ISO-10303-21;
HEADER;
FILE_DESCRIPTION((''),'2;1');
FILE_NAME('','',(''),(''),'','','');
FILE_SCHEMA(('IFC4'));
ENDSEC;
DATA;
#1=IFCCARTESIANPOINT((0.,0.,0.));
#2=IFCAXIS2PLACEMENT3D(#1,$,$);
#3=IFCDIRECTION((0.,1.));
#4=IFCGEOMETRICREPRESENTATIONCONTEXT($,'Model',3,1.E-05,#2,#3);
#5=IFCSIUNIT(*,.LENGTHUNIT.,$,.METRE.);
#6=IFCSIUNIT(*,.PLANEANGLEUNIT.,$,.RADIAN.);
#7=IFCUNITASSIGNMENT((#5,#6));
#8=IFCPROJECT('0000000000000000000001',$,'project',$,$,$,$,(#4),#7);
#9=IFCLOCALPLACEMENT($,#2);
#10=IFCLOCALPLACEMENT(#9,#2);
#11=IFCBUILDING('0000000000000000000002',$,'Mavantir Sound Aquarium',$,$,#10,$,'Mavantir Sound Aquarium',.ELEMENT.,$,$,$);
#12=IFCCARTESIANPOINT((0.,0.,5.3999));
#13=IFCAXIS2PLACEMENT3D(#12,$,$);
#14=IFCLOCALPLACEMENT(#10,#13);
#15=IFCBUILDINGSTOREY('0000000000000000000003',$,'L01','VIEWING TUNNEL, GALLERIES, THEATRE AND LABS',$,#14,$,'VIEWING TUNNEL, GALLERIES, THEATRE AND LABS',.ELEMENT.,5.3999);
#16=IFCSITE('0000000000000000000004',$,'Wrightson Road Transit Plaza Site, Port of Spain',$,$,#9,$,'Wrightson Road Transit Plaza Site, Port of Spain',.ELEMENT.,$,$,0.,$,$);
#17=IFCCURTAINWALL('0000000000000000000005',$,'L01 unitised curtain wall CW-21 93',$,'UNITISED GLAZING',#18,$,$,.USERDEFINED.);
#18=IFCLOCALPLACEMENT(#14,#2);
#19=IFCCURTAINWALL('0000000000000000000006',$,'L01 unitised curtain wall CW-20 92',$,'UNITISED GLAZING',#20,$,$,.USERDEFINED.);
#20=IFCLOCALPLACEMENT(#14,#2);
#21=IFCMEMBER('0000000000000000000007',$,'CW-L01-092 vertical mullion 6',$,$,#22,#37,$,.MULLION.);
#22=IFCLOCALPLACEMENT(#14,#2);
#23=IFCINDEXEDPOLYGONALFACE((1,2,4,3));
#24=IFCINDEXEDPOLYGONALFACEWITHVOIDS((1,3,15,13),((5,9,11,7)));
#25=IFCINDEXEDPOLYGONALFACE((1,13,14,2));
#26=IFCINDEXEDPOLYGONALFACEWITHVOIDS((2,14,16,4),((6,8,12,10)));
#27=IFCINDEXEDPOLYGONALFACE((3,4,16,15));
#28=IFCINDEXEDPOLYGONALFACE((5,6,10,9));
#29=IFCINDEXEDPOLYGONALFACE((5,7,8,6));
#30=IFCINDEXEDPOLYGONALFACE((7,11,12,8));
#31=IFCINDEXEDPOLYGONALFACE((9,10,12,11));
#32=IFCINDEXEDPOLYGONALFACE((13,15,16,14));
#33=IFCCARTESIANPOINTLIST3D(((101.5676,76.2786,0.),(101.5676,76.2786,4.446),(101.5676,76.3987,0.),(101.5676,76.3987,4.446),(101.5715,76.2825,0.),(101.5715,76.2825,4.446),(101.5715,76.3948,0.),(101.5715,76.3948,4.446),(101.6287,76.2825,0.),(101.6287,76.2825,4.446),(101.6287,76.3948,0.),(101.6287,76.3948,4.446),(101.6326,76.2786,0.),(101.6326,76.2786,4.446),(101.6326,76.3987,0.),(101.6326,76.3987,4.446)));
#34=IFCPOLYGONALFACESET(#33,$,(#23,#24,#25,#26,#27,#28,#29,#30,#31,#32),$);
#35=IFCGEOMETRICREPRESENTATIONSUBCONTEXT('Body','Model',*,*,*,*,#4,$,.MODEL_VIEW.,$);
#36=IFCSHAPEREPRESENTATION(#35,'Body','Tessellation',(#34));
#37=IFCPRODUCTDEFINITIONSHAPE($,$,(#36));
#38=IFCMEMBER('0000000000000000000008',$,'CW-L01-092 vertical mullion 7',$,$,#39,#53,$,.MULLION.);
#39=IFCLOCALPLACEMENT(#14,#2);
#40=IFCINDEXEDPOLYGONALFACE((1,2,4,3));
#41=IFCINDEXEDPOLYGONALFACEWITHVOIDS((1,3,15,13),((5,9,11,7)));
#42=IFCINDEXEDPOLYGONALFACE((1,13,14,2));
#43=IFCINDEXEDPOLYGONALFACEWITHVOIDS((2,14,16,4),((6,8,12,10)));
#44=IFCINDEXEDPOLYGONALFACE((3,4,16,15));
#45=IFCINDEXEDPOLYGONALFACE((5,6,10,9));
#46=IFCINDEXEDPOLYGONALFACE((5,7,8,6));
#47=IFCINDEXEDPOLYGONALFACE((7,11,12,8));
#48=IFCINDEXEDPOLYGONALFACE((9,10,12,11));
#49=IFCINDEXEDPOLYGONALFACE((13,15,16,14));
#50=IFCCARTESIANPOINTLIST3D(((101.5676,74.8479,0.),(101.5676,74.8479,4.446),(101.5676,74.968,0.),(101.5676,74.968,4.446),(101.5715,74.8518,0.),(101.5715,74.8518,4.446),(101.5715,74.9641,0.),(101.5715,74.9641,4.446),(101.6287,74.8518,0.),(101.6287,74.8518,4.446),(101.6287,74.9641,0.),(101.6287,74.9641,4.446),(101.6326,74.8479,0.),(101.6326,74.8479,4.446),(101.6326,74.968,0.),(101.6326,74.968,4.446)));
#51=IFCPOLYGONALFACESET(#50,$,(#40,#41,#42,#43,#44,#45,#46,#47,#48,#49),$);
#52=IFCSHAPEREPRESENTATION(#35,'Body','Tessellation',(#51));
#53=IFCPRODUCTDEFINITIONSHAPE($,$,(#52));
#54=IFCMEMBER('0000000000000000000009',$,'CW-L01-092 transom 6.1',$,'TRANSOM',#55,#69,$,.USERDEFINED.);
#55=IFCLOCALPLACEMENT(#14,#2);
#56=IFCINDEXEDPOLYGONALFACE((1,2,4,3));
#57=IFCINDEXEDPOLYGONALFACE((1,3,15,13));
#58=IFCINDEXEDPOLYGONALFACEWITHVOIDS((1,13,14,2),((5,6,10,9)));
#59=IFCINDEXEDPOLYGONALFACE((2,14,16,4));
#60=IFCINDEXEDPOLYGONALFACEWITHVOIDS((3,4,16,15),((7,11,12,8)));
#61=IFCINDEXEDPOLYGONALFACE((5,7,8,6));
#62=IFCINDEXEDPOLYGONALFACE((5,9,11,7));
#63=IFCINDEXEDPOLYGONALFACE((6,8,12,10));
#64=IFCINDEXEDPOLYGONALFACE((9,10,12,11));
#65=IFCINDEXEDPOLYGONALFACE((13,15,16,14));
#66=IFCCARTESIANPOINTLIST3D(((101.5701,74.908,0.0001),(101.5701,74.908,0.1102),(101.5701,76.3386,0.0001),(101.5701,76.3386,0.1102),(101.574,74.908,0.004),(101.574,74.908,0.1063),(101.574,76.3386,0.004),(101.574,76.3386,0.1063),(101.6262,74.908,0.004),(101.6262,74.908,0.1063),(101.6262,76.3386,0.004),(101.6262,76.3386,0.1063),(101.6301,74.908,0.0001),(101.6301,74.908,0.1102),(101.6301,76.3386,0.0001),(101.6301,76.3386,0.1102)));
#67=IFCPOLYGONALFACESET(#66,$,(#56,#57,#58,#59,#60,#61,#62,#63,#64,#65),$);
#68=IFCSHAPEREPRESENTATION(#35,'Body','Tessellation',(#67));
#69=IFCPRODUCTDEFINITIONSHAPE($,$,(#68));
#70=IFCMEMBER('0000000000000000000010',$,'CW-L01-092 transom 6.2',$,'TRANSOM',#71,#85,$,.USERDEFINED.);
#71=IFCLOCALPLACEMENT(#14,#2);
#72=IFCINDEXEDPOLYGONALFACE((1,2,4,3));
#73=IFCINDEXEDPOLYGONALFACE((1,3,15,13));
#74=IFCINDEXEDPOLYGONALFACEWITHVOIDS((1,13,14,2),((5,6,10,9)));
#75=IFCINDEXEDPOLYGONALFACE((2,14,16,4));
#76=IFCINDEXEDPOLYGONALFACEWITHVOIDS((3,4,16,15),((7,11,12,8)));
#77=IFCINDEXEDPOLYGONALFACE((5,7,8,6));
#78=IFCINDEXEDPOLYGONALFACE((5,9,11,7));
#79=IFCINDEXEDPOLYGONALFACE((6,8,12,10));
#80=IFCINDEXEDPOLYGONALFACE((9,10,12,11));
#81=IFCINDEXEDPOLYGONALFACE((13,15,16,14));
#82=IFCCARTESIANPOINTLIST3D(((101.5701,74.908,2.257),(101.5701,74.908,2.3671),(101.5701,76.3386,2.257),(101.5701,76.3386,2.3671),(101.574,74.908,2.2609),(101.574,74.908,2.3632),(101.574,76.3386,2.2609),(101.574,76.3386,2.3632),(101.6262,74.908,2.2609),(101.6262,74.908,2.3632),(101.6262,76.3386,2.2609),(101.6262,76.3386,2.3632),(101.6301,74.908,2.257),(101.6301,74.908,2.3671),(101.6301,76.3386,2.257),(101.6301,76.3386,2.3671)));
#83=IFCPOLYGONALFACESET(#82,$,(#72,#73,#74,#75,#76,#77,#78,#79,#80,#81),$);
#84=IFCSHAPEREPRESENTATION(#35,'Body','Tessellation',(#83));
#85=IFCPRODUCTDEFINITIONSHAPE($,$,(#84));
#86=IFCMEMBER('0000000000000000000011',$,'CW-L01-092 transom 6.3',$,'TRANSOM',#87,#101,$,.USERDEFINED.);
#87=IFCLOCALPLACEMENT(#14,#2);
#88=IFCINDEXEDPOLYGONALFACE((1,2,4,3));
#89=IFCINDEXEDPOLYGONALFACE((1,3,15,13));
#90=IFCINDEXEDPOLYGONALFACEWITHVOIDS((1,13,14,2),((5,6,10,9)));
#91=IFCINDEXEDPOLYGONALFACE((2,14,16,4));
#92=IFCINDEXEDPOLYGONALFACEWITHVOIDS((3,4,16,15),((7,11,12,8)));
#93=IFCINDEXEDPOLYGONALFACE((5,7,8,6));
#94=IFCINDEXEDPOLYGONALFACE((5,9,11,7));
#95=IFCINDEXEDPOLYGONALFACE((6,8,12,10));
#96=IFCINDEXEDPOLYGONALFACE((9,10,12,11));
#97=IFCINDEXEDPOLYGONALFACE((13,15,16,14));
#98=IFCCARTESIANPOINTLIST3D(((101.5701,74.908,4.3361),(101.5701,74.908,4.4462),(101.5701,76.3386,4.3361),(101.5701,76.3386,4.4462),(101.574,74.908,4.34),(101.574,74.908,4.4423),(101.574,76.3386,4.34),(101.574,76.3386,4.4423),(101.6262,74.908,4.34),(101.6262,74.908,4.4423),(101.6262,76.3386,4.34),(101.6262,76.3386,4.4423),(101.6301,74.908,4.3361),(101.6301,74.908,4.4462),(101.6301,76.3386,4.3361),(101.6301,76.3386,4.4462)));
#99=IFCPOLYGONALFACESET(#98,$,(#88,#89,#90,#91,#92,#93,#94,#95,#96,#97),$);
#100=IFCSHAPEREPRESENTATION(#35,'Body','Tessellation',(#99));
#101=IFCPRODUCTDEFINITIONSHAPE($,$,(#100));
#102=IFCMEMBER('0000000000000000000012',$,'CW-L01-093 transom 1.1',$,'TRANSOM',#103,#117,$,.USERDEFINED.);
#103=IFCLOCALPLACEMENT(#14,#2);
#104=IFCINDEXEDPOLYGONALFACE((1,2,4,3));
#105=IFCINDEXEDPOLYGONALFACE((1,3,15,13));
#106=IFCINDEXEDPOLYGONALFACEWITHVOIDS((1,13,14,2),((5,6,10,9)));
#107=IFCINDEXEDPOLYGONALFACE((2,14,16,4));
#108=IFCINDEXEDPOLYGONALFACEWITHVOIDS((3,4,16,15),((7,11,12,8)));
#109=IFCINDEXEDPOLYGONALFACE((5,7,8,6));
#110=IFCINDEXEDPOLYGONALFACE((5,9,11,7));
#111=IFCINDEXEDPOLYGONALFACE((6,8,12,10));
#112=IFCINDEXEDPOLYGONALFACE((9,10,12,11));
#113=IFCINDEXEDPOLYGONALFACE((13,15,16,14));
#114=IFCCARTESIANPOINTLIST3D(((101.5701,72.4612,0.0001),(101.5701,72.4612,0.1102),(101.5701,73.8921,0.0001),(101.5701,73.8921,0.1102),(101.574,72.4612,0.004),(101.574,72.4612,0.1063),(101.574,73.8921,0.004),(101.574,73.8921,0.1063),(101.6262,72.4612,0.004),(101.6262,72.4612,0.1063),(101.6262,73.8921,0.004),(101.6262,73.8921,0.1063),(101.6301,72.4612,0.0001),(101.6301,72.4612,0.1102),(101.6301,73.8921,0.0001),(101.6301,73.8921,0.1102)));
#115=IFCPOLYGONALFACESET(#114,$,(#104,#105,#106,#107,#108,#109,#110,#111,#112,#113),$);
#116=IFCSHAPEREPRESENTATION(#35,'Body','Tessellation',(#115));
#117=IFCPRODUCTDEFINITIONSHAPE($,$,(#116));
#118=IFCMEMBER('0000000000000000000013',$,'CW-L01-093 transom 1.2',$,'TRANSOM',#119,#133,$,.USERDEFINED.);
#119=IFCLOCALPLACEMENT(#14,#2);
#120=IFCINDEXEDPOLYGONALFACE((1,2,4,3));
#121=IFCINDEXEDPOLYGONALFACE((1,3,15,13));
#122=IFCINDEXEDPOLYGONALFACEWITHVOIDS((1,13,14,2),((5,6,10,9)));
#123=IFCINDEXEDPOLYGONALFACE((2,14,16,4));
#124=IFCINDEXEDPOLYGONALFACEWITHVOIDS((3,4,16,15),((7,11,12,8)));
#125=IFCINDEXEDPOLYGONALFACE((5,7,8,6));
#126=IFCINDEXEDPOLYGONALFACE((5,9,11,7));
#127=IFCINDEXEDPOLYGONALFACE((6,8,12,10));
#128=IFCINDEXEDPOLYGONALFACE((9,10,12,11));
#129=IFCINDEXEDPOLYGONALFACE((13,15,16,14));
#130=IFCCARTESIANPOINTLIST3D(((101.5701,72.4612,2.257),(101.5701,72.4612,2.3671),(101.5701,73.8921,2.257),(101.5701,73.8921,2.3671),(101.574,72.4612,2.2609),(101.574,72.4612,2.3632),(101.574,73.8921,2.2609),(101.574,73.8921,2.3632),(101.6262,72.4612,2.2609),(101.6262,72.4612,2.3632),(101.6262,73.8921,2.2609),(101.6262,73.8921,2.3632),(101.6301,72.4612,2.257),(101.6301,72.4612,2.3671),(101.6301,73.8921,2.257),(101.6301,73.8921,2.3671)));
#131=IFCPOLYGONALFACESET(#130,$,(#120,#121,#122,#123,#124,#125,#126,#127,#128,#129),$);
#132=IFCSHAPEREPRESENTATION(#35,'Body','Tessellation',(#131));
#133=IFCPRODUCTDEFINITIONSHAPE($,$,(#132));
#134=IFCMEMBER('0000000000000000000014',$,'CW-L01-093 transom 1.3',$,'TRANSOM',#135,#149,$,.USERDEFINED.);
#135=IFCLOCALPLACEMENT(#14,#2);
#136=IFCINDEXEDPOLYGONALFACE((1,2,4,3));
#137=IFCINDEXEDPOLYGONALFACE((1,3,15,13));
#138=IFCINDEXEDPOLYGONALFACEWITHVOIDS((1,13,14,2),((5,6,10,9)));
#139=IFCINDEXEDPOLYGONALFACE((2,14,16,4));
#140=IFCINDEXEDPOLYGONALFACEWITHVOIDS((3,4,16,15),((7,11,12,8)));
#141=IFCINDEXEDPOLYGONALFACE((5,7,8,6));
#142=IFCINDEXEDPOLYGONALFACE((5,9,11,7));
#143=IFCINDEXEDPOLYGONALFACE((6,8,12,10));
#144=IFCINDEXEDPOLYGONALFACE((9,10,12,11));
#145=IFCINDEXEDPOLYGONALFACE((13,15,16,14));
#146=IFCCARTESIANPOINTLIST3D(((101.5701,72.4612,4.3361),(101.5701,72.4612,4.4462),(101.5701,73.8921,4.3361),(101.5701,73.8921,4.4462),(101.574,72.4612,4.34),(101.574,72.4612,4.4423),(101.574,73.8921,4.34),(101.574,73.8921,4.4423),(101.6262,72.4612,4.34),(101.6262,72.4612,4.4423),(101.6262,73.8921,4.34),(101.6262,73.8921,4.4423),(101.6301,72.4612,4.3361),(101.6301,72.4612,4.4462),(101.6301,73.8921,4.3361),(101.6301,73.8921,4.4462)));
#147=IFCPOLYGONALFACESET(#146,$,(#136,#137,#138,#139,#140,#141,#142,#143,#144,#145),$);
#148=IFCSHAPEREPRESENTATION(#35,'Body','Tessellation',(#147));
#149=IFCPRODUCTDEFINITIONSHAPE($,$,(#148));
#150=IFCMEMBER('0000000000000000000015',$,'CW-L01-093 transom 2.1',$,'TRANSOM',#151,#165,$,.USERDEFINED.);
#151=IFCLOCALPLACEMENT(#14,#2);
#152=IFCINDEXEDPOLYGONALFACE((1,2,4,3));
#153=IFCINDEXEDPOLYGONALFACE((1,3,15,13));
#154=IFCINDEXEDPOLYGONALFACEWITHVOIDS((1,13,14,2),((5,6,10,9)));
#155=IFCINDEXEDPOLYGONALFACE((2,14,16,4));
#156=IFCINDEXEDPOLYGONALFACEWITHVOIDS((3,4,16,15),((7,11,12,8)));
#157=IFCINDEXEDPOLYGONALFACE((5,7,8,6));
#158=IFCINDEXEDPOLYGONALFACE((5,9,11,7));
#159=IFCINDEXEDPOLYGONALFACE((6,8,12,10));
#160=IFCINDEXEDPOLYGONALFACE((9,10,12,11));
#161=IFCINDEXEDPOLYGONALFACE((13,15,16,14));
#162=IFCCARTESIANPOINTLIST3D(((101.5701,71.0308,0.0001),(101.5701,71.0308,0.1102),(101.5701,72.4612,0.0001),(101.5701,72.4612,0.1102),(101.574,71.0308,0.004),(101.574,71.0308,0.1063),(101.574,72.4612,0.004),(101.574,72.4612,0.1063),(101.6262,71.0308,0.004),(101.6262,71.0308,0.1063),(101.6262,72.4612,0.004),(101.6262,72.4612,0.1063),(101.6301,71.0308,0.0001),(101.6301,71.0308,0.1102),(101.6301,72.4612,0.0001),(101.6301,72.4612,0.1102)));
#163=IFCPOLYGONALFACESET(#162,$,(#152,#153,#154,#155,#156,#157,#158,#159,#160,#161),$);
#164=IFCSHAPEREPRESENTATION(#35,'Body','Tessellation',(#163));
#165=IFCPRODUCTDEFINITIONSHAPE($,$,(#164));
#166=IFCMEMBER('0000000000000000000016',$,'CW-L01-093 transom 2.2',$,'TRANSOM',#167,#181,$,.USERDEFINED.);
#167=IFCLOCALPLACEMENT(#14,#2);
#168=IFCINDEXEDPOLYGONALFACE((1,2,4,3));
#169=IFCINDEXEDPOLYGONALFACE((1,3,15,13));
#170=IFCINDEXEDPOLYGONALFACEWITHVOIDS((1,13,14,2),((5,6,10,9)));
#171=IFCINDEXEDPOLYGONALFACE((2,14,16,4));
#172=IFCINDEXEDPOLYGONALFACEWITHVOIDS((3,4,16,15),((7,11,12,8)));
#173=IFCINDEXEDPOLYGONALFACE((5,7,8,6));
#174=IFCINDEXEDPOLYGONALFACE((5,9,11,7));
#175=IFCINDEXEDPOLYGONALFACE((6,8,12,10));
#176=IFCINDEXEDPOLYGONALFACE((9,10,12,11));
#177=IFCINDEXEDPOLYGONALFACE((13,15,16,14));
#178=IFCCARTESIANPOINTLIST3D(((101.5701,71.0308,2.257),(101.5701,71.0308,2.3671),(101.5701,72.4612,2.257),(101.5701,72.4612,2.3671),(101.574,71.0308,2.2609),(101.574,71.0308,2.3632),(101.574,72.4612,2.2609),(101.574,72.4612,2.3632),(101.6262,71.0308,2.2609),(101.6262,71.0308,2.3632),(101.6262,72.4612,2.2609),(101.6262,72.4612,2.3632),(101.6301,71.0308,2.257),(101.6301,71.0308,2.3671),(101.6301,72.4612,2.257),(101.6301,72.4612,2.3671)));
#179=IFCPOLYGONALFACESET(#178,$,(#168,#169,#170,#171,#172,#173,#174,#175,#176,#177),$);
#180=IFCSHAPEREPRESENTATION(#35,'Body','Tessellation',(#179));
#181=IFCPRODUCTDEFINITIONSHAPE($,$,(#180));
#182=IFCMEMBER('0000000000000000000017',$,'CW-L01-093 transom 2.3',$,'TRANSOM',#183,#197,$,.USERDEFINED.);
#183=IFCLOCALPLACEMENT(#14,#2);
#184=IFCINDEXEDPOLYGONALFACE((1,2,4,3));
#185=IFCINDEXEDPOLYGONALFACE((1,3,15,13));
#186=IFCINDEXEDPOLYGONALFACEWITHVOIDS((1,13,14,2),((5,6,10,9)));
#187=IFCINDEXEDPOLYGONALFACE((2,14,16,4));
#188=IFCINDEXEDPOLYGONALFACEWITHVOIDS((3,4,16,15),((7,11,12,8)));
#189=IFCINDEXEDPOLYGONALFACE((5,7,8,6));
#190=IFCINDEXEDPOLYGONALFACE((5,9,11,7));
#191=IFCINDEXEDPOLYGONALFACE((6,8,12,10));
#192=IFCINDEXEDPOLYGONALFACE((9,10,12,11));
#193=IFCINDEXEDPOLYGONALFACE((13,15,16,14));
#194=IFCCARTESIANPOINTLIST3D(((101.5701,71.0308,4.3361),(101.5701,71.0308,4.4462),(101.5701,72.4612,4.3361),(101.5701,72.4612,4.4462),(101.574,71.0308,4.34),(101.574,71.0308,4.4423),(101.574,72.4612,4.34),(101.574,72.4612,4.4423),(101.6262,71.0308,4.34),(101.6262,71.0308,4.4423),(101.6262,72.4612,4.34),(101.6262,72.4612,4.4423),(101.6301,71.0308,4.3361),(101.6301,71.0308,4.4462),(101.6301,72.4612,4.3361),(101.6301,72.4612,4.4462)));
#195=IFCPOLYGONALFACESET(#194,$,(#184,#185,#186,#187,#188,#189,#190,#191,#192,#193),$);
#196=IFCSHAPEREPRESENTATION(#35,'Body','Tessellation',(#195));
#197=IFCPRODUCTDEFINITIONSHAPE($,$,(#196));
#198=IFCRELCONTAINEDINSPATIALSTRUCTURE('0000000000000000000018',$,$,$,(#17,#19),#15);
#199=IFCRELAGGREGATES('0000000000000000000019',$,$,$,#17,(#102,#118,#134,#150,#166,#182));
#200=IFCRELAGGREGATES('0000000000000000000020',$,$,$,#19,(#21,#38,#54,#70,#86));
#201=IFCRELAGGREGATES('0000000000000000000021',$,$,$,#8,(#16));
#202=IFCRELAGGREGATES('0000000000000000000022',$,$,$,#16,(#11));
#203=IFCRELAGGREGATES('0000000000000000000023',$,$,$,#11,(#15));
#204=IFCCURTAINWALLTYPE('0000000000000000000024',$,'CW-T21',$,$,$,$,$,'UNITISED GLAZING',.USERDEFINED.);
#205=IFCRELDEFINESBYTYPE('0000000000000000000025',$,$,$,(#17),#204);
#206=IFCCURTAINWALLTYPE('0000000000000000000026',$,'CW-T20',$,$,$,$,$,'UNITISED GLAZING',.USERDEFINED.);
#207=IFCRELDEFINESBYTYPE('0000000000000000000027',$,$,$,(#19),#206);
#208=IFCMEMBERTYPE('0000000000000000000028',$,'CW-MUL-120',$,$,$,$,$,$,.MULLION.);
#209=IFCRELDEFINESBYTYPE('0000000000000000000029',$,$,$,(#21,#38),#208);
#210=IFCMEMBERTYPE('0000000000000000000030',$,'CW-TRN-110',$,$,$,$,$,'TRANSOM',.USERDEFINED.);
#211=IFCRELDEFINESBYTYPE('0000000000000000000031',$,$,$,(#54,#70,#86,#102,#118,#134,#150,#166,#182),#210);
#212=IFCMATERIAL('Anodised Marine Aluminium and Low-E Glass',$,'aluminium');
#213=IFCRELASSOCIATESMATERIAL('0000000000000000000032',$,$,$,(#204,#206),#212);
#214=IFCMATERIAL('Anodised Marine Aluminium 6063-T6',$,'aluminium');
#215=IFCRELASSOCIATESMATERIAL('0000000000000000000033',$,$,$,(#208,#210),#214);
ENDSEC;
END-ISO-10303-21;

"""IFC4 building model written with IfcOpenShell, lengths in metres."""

from ifc_helpers import new_model, si_unit, direction, frame, origin, origin_2d, place, context, subcontext, project, spatial, hollow_rectangle, extrude, material, material_profile, profile_set, type_object, element, aggregate, save


model = new_model("IFC4")

# Units and contexts
model_context = context("Model", 3, precision=1e-05, world=origin(), true_north=direction((0.0, 1.0)))
body_context = subcontext(model_context, "Body", "Model", "MODEL_VIEW")
ifc_project = project(units=[si_unit("LENGTHUNIT", "METRE"), si_unit("PLANEANGLEUNIT", "RADIAN")], contexts=[model_context])

# Site, building, storey
site_placement = place(None, origin())
site = spatial("IfcSite", under=ifc_project, at=site_placement, Name="Wrightson Road Transit Plaza Site, Port of Spain", LongName="Wrightson Road Transit Plaza Site, Port of Spain", CompositionType="ELEMENT", RefElevation=0.0)
building_placement = place(site_placement, origin())
building = spatial("IfcBuilding", under=site, at=building_placement, Name="Mavantir Sound Aquarium", LongName="Mavantir Sound Aquarium", CompositionType="ELEMENT")
storey_placement = place(building_placement, frame((0.0, 0.0, 5.3999)))
storey = spatial("IfcBuildingStorey", under=building, at=storey_placement, Name="L01", Description="VIEWING TUNNEL, GALLERIES, THEATRE AND LABS", LongName="VIEWING TUNNEL, GALLERIES, THEATRE AND LABS", CompositionType="ELEMENT", Elevation=5.3999)

# Curtain walls, members
ifc_material_1 = material(Name="Anodised Marine Aluminium and Low-E Glass", Category="aluminium")
curtain_wall_type_1 = type_object("IfcCurtainWallType", Name="CW-T21", ElementType="UNITISED GLAZING", PredefinedType="USERDEFINED", material=ifc_material_1)
curtain_wall_1_placement = place(storey_placement, origin())
curtain_wall_1 = element("IfcCurtainWall", 1, at=curtain_wall_1_placement, inside=storey, type_object=curtain_wall_type_1, Name="L01 unitised curtain wall CW-21 93", ObjectType="UNITISED GLAZING", PredefinedType="USERDEFINED")
ifc_material_2 = material(Name="Anodised Marine Aluminium 6063-T6", Category="aluminium")
curtain_wall_type_2 = type_object("IfcCurtainWallType", Name="CW-T20", ElementType="UNITISED GLAZING", PredefinedType="USERDEFINED", material=ifc_material_1)
curtain_wall_2_placement = place(storey_placement, origin())
curtain_wall_2 = element("IfcCurtainWall", 2, at=curtain_wall_2_placement, inside=storey, type_object=curtain_wall_type_2, Name="L01 unitised curtain wall CW-20 92", ObjectType="UNITISED GLAZING", PredefinedType="USERDEFINED")
ifc_material_profile_1 = material_profile(ifc_material_2, hollow_rectangle(XDim=0.0649, YDim=0.1201, WallThickness=0.0039, at=origin_2d()), Name="ALU-MULLION-120X65")
ifc_profile_set_1 = profile_set([ifc_material_profile_1], Name="Anodised Marine Aluminium 6063-T6")
member_type_1 = type_object("IfcMemberType", Name="CW-MUL-120", PredefinedType="MULLION", material=ifc_profile_set_1)
member_1_placement = place(storey_placement, frame((101.6001, 76.3386, 0.0), z_axis=(0.0, 0.0, 1.0), x_axis=(1.0, 0.0, 0.0)))
member_1 = element("IfcMember", 3, at=member_1_placement, type_object=member_type_1, Name="CW-L01-092 vertical mullion 6", PredefinedType="MULLION", context=body_context, shape_type="SweptSolid", body=[
    extrude(hollow_rectangle(XDim=0.0649, YDim=0.1201, WallThickness=0.0039, at=origin_2d()), origin(), (0.0, 0.0, 1.0), 4.446),
])
member_2_placement = place(storey_placement, frame((101.6001, 74.908, 0.0), z_axis=(0.0, 0.0, 1.0), x_axis=(1.0, 0.0, 0.0)))
member_2 = element("IfcMember", 4, at=member_2_placement, type_object=member_type_1, Name="CW-L01-092 vertical mullion 7", PredefinedType="MULLION", context=body_context, shape_type="SweptSolid", body=[
    extrude(hollow_rectangle(XDim=0.0649, YDim=0.1201, WallThickness=0.0039, at=origin_2d()), origin(), (0.0, 0.0, 1.0), 4.446),
])
ifc_material_profile_2 = material_profile(ifc_material_2, hollow_rectangle(XDim=0.0601, YDim=0.1101, WallThickness=0.0039, at=origin_2d()), Name="ALU-TRANSOM-110X60")
ifc_profile_set_2 = profile_set([ifc_material_profile_2], Name="Anodised Marine Aluminium 6063-T6")
member_type_2 = type_object("IfcMemberType", Name="CW-TRN-110", ElementType="TRANSOM", PredefinedType="USERDEFINED", material=ifc_profile_set_2)
member_3_placement = place(storey_placement, frame((101.6001, 76.3386, 0.0552), z_axis=(0.0, -1.0, 0.0), x_axis=(1.0, 0.0, 0.0)))
member_3 = element("IfcMember", 5, at=member_3_placement, type_object=member_type_2, Name="CW-L01-092 transom 6.1", ObjectType="TRANSOM", PredefinedType="USERDEFINED", context=body_context, shape_type="SweptSolid", body=[
    extrude(hollow_rectangle(XDim=0.0601, YDim=0.1101, WallThickness=0.0039, at=origin_2d()), origin(), (0.0, 0.0, 1.0), 1.4307),
])
member_4_placement = place(storey_placement, frame((101.6001, 76.3386, 2.312), z_axis=(0.0, -1.0, 0.0), x_axis=(1.0, 0.0, 0.0)))
member_4 = element("IfcMember", 6, at=member_4_placement, type_object=member_type_2, Name="CW-L01-092 transom 6.2", ObjectType="TRANSOM", PredefinedType="USERDEFINED", context=body_context, shape_type="SweptSolid", body=[
    extrude(hollow_rectangle(XDim=0.0601, YDim=0.1101, WallThickness=0.0039, at=origin_2d()), origin(), (0.0, 0.0, 1.0), 1.4307),
])
member_5_placement = place(storey_placement, frame((101.6001, 76.3386, 4.3911), z_axis=(0.0, -1.0, 0.0), x_axis=(1.0, 0.0, 0.0)))
member_5 = element("IfcMember", 7, at=member_5_placement, type_object=member_type_2, Name="CW-L01-092 transom 6.3", ObjectType="TRANSOM", PredefinedType="USERDEFINED", context=body_context, shape_type="SweptSolid", body=[
    extrude(hollow_rectangle(XDim=0.0601, YDim=0.1101, WallThickness=0.0039, at=origin_2d()), origin(), (0.0, 0.0, 1.0), 1.4307),
])

# Members
member_6_placement = place(storey_placement, frame((101.6001, 73.8921, 0.0552), z_axis=(0.0, -1.0, 0.0), x_axis=(1.0, 0.0, 0.0)))
member_6 = element("IfcMember", 8, at=member_6_placement, type_object=member_type_2, Name="CW-L01-093 transom 1.1", ObjectType="TRANSOM", PredefinedType="USERDEFINED", context=body_context, shape_type="SweptSolid", body=[
    extrude(hollow_rectangle(XDim=0.0601, YDim=0.1101, WallThickness=0.0039, at=origin_2d()), origin(), (0.0, 0.0, 1.0), 1.4309),
])
member_7_placement = place(storey_placement, frame((101.6001, 73.8921, 2.312), z_axis=(0.0, -1.0, 0.0), x_axis=(1.0, 0.0, 0.0)))
member_7 = element("IfcMember", 9, at=member_7_placement, type_object=member_type_2, Name="CW-L01-093 transom 1.2", ObjectType="TRANSOM", PredefinedType="USERDEFINED", context=body_context, shape_type="SweptSolid", body=[
    extrude(hollow_rectangle(XDim=0.0601, YDim=0.1101, WallThickness=0.0039, at=origin_2d()), origin(), (0.0, 0.0, 1.0), 1.4309),
])
member_8_placement = place(storey_placement, frame((101.6001, 73.8921, 4.3911), z_axis=(0.0, -1.0, 0.0), x_axis=(1.0, 0.0, 0.0)))
member_8 = element("IfcMember", 10, at=member_8_placement, type_object=member_type_2, Name="CW-L01-093 transom 1.3", ObjectType="TRANSOM", PredefinedType="USERDEFINED", context=body_context, shape_type="SweptSolid", body=[
    extrude(hollow_rectangle(XDim=0.0601, YDim=0.1101, WallThickness=0.0039, at=origin_2d()), origin(), (0.0, 0.0, 1.0), 1.4309),
])
member_9_placement = place(storey_placement, frame((101.6001, 72.4612, 0.0552), z_axis=(0.0, -1.0, 0.0), x_axis=(1.0, 0.0, 0.0)))
member_9 = element("IfcMember", 11, at=member_9_placement, type_object=member_type_2, Name="CW-L01-093 transom 2.1", ObjectType="TRANSOM", PredefinedType="USERDEFINED", context=body_context, shape_type="SweptSolid", body=[
    extrude(hollow_rectangle(XDim=0.0601, YDim=0.1101, WallThickness=0.0039, at=origin_2d()), origin(), (0.0, 0.0, 1.0), 1.4304),
])
member_10_placement = place(storey_placement, frame((101.6001, 72.4612, 2.312), z_axis=(0.0, -1.0, 0.0), x_axis=(1.0, 0.0, 0.0)))
member_10 = element("IfcMember", 12, at=member_10_placement, type_object=member_type_2, Name="CW-L01-093 transom 2.2", ObjectType="TRANSOM", PredefinedType="USERDEFINED", context=body_context, shape_type="SweptSolid", body=[
    extrude(hollow_rectangle(XDim=0.0601, YDim=0.1101, WallThickness=0.0039, at=origin_2d()), origin(), (0.0, 0.0, 1.0), 1.4304),
])
member_11_placement = place(storey_placement, frame((101.6001, 72.4612, 4.3911), z_axis=(0.0, -1.0, 0.0), x_axis=(1.0, 0.0, 0.0)))
member_11 = element("IfcMember", 13, at=member_11_placement, type_object=member_type_2, Name="CW-L01-093 transom 2.3", ObjectType="TRANSOM", PredefinedType="USERDEFINED", context=body_context, shape_type="SweptSolid", body=[
    extrude(hollow_rectangle(XDim=0.0601, YDim=0.1101, WallThickness=0.0039, at=origin_2d()), origin(), (0.0, 0.0, 1.0), 1.4304),
])

aggregate(curtain_wall_1, [member_6, member_7, member_8, member_9, member_10, member_11])
aggregate(curtain_wall_2, [member_1, member_2, member_3, member_4, member_5])

save(model, "model.ifc")
